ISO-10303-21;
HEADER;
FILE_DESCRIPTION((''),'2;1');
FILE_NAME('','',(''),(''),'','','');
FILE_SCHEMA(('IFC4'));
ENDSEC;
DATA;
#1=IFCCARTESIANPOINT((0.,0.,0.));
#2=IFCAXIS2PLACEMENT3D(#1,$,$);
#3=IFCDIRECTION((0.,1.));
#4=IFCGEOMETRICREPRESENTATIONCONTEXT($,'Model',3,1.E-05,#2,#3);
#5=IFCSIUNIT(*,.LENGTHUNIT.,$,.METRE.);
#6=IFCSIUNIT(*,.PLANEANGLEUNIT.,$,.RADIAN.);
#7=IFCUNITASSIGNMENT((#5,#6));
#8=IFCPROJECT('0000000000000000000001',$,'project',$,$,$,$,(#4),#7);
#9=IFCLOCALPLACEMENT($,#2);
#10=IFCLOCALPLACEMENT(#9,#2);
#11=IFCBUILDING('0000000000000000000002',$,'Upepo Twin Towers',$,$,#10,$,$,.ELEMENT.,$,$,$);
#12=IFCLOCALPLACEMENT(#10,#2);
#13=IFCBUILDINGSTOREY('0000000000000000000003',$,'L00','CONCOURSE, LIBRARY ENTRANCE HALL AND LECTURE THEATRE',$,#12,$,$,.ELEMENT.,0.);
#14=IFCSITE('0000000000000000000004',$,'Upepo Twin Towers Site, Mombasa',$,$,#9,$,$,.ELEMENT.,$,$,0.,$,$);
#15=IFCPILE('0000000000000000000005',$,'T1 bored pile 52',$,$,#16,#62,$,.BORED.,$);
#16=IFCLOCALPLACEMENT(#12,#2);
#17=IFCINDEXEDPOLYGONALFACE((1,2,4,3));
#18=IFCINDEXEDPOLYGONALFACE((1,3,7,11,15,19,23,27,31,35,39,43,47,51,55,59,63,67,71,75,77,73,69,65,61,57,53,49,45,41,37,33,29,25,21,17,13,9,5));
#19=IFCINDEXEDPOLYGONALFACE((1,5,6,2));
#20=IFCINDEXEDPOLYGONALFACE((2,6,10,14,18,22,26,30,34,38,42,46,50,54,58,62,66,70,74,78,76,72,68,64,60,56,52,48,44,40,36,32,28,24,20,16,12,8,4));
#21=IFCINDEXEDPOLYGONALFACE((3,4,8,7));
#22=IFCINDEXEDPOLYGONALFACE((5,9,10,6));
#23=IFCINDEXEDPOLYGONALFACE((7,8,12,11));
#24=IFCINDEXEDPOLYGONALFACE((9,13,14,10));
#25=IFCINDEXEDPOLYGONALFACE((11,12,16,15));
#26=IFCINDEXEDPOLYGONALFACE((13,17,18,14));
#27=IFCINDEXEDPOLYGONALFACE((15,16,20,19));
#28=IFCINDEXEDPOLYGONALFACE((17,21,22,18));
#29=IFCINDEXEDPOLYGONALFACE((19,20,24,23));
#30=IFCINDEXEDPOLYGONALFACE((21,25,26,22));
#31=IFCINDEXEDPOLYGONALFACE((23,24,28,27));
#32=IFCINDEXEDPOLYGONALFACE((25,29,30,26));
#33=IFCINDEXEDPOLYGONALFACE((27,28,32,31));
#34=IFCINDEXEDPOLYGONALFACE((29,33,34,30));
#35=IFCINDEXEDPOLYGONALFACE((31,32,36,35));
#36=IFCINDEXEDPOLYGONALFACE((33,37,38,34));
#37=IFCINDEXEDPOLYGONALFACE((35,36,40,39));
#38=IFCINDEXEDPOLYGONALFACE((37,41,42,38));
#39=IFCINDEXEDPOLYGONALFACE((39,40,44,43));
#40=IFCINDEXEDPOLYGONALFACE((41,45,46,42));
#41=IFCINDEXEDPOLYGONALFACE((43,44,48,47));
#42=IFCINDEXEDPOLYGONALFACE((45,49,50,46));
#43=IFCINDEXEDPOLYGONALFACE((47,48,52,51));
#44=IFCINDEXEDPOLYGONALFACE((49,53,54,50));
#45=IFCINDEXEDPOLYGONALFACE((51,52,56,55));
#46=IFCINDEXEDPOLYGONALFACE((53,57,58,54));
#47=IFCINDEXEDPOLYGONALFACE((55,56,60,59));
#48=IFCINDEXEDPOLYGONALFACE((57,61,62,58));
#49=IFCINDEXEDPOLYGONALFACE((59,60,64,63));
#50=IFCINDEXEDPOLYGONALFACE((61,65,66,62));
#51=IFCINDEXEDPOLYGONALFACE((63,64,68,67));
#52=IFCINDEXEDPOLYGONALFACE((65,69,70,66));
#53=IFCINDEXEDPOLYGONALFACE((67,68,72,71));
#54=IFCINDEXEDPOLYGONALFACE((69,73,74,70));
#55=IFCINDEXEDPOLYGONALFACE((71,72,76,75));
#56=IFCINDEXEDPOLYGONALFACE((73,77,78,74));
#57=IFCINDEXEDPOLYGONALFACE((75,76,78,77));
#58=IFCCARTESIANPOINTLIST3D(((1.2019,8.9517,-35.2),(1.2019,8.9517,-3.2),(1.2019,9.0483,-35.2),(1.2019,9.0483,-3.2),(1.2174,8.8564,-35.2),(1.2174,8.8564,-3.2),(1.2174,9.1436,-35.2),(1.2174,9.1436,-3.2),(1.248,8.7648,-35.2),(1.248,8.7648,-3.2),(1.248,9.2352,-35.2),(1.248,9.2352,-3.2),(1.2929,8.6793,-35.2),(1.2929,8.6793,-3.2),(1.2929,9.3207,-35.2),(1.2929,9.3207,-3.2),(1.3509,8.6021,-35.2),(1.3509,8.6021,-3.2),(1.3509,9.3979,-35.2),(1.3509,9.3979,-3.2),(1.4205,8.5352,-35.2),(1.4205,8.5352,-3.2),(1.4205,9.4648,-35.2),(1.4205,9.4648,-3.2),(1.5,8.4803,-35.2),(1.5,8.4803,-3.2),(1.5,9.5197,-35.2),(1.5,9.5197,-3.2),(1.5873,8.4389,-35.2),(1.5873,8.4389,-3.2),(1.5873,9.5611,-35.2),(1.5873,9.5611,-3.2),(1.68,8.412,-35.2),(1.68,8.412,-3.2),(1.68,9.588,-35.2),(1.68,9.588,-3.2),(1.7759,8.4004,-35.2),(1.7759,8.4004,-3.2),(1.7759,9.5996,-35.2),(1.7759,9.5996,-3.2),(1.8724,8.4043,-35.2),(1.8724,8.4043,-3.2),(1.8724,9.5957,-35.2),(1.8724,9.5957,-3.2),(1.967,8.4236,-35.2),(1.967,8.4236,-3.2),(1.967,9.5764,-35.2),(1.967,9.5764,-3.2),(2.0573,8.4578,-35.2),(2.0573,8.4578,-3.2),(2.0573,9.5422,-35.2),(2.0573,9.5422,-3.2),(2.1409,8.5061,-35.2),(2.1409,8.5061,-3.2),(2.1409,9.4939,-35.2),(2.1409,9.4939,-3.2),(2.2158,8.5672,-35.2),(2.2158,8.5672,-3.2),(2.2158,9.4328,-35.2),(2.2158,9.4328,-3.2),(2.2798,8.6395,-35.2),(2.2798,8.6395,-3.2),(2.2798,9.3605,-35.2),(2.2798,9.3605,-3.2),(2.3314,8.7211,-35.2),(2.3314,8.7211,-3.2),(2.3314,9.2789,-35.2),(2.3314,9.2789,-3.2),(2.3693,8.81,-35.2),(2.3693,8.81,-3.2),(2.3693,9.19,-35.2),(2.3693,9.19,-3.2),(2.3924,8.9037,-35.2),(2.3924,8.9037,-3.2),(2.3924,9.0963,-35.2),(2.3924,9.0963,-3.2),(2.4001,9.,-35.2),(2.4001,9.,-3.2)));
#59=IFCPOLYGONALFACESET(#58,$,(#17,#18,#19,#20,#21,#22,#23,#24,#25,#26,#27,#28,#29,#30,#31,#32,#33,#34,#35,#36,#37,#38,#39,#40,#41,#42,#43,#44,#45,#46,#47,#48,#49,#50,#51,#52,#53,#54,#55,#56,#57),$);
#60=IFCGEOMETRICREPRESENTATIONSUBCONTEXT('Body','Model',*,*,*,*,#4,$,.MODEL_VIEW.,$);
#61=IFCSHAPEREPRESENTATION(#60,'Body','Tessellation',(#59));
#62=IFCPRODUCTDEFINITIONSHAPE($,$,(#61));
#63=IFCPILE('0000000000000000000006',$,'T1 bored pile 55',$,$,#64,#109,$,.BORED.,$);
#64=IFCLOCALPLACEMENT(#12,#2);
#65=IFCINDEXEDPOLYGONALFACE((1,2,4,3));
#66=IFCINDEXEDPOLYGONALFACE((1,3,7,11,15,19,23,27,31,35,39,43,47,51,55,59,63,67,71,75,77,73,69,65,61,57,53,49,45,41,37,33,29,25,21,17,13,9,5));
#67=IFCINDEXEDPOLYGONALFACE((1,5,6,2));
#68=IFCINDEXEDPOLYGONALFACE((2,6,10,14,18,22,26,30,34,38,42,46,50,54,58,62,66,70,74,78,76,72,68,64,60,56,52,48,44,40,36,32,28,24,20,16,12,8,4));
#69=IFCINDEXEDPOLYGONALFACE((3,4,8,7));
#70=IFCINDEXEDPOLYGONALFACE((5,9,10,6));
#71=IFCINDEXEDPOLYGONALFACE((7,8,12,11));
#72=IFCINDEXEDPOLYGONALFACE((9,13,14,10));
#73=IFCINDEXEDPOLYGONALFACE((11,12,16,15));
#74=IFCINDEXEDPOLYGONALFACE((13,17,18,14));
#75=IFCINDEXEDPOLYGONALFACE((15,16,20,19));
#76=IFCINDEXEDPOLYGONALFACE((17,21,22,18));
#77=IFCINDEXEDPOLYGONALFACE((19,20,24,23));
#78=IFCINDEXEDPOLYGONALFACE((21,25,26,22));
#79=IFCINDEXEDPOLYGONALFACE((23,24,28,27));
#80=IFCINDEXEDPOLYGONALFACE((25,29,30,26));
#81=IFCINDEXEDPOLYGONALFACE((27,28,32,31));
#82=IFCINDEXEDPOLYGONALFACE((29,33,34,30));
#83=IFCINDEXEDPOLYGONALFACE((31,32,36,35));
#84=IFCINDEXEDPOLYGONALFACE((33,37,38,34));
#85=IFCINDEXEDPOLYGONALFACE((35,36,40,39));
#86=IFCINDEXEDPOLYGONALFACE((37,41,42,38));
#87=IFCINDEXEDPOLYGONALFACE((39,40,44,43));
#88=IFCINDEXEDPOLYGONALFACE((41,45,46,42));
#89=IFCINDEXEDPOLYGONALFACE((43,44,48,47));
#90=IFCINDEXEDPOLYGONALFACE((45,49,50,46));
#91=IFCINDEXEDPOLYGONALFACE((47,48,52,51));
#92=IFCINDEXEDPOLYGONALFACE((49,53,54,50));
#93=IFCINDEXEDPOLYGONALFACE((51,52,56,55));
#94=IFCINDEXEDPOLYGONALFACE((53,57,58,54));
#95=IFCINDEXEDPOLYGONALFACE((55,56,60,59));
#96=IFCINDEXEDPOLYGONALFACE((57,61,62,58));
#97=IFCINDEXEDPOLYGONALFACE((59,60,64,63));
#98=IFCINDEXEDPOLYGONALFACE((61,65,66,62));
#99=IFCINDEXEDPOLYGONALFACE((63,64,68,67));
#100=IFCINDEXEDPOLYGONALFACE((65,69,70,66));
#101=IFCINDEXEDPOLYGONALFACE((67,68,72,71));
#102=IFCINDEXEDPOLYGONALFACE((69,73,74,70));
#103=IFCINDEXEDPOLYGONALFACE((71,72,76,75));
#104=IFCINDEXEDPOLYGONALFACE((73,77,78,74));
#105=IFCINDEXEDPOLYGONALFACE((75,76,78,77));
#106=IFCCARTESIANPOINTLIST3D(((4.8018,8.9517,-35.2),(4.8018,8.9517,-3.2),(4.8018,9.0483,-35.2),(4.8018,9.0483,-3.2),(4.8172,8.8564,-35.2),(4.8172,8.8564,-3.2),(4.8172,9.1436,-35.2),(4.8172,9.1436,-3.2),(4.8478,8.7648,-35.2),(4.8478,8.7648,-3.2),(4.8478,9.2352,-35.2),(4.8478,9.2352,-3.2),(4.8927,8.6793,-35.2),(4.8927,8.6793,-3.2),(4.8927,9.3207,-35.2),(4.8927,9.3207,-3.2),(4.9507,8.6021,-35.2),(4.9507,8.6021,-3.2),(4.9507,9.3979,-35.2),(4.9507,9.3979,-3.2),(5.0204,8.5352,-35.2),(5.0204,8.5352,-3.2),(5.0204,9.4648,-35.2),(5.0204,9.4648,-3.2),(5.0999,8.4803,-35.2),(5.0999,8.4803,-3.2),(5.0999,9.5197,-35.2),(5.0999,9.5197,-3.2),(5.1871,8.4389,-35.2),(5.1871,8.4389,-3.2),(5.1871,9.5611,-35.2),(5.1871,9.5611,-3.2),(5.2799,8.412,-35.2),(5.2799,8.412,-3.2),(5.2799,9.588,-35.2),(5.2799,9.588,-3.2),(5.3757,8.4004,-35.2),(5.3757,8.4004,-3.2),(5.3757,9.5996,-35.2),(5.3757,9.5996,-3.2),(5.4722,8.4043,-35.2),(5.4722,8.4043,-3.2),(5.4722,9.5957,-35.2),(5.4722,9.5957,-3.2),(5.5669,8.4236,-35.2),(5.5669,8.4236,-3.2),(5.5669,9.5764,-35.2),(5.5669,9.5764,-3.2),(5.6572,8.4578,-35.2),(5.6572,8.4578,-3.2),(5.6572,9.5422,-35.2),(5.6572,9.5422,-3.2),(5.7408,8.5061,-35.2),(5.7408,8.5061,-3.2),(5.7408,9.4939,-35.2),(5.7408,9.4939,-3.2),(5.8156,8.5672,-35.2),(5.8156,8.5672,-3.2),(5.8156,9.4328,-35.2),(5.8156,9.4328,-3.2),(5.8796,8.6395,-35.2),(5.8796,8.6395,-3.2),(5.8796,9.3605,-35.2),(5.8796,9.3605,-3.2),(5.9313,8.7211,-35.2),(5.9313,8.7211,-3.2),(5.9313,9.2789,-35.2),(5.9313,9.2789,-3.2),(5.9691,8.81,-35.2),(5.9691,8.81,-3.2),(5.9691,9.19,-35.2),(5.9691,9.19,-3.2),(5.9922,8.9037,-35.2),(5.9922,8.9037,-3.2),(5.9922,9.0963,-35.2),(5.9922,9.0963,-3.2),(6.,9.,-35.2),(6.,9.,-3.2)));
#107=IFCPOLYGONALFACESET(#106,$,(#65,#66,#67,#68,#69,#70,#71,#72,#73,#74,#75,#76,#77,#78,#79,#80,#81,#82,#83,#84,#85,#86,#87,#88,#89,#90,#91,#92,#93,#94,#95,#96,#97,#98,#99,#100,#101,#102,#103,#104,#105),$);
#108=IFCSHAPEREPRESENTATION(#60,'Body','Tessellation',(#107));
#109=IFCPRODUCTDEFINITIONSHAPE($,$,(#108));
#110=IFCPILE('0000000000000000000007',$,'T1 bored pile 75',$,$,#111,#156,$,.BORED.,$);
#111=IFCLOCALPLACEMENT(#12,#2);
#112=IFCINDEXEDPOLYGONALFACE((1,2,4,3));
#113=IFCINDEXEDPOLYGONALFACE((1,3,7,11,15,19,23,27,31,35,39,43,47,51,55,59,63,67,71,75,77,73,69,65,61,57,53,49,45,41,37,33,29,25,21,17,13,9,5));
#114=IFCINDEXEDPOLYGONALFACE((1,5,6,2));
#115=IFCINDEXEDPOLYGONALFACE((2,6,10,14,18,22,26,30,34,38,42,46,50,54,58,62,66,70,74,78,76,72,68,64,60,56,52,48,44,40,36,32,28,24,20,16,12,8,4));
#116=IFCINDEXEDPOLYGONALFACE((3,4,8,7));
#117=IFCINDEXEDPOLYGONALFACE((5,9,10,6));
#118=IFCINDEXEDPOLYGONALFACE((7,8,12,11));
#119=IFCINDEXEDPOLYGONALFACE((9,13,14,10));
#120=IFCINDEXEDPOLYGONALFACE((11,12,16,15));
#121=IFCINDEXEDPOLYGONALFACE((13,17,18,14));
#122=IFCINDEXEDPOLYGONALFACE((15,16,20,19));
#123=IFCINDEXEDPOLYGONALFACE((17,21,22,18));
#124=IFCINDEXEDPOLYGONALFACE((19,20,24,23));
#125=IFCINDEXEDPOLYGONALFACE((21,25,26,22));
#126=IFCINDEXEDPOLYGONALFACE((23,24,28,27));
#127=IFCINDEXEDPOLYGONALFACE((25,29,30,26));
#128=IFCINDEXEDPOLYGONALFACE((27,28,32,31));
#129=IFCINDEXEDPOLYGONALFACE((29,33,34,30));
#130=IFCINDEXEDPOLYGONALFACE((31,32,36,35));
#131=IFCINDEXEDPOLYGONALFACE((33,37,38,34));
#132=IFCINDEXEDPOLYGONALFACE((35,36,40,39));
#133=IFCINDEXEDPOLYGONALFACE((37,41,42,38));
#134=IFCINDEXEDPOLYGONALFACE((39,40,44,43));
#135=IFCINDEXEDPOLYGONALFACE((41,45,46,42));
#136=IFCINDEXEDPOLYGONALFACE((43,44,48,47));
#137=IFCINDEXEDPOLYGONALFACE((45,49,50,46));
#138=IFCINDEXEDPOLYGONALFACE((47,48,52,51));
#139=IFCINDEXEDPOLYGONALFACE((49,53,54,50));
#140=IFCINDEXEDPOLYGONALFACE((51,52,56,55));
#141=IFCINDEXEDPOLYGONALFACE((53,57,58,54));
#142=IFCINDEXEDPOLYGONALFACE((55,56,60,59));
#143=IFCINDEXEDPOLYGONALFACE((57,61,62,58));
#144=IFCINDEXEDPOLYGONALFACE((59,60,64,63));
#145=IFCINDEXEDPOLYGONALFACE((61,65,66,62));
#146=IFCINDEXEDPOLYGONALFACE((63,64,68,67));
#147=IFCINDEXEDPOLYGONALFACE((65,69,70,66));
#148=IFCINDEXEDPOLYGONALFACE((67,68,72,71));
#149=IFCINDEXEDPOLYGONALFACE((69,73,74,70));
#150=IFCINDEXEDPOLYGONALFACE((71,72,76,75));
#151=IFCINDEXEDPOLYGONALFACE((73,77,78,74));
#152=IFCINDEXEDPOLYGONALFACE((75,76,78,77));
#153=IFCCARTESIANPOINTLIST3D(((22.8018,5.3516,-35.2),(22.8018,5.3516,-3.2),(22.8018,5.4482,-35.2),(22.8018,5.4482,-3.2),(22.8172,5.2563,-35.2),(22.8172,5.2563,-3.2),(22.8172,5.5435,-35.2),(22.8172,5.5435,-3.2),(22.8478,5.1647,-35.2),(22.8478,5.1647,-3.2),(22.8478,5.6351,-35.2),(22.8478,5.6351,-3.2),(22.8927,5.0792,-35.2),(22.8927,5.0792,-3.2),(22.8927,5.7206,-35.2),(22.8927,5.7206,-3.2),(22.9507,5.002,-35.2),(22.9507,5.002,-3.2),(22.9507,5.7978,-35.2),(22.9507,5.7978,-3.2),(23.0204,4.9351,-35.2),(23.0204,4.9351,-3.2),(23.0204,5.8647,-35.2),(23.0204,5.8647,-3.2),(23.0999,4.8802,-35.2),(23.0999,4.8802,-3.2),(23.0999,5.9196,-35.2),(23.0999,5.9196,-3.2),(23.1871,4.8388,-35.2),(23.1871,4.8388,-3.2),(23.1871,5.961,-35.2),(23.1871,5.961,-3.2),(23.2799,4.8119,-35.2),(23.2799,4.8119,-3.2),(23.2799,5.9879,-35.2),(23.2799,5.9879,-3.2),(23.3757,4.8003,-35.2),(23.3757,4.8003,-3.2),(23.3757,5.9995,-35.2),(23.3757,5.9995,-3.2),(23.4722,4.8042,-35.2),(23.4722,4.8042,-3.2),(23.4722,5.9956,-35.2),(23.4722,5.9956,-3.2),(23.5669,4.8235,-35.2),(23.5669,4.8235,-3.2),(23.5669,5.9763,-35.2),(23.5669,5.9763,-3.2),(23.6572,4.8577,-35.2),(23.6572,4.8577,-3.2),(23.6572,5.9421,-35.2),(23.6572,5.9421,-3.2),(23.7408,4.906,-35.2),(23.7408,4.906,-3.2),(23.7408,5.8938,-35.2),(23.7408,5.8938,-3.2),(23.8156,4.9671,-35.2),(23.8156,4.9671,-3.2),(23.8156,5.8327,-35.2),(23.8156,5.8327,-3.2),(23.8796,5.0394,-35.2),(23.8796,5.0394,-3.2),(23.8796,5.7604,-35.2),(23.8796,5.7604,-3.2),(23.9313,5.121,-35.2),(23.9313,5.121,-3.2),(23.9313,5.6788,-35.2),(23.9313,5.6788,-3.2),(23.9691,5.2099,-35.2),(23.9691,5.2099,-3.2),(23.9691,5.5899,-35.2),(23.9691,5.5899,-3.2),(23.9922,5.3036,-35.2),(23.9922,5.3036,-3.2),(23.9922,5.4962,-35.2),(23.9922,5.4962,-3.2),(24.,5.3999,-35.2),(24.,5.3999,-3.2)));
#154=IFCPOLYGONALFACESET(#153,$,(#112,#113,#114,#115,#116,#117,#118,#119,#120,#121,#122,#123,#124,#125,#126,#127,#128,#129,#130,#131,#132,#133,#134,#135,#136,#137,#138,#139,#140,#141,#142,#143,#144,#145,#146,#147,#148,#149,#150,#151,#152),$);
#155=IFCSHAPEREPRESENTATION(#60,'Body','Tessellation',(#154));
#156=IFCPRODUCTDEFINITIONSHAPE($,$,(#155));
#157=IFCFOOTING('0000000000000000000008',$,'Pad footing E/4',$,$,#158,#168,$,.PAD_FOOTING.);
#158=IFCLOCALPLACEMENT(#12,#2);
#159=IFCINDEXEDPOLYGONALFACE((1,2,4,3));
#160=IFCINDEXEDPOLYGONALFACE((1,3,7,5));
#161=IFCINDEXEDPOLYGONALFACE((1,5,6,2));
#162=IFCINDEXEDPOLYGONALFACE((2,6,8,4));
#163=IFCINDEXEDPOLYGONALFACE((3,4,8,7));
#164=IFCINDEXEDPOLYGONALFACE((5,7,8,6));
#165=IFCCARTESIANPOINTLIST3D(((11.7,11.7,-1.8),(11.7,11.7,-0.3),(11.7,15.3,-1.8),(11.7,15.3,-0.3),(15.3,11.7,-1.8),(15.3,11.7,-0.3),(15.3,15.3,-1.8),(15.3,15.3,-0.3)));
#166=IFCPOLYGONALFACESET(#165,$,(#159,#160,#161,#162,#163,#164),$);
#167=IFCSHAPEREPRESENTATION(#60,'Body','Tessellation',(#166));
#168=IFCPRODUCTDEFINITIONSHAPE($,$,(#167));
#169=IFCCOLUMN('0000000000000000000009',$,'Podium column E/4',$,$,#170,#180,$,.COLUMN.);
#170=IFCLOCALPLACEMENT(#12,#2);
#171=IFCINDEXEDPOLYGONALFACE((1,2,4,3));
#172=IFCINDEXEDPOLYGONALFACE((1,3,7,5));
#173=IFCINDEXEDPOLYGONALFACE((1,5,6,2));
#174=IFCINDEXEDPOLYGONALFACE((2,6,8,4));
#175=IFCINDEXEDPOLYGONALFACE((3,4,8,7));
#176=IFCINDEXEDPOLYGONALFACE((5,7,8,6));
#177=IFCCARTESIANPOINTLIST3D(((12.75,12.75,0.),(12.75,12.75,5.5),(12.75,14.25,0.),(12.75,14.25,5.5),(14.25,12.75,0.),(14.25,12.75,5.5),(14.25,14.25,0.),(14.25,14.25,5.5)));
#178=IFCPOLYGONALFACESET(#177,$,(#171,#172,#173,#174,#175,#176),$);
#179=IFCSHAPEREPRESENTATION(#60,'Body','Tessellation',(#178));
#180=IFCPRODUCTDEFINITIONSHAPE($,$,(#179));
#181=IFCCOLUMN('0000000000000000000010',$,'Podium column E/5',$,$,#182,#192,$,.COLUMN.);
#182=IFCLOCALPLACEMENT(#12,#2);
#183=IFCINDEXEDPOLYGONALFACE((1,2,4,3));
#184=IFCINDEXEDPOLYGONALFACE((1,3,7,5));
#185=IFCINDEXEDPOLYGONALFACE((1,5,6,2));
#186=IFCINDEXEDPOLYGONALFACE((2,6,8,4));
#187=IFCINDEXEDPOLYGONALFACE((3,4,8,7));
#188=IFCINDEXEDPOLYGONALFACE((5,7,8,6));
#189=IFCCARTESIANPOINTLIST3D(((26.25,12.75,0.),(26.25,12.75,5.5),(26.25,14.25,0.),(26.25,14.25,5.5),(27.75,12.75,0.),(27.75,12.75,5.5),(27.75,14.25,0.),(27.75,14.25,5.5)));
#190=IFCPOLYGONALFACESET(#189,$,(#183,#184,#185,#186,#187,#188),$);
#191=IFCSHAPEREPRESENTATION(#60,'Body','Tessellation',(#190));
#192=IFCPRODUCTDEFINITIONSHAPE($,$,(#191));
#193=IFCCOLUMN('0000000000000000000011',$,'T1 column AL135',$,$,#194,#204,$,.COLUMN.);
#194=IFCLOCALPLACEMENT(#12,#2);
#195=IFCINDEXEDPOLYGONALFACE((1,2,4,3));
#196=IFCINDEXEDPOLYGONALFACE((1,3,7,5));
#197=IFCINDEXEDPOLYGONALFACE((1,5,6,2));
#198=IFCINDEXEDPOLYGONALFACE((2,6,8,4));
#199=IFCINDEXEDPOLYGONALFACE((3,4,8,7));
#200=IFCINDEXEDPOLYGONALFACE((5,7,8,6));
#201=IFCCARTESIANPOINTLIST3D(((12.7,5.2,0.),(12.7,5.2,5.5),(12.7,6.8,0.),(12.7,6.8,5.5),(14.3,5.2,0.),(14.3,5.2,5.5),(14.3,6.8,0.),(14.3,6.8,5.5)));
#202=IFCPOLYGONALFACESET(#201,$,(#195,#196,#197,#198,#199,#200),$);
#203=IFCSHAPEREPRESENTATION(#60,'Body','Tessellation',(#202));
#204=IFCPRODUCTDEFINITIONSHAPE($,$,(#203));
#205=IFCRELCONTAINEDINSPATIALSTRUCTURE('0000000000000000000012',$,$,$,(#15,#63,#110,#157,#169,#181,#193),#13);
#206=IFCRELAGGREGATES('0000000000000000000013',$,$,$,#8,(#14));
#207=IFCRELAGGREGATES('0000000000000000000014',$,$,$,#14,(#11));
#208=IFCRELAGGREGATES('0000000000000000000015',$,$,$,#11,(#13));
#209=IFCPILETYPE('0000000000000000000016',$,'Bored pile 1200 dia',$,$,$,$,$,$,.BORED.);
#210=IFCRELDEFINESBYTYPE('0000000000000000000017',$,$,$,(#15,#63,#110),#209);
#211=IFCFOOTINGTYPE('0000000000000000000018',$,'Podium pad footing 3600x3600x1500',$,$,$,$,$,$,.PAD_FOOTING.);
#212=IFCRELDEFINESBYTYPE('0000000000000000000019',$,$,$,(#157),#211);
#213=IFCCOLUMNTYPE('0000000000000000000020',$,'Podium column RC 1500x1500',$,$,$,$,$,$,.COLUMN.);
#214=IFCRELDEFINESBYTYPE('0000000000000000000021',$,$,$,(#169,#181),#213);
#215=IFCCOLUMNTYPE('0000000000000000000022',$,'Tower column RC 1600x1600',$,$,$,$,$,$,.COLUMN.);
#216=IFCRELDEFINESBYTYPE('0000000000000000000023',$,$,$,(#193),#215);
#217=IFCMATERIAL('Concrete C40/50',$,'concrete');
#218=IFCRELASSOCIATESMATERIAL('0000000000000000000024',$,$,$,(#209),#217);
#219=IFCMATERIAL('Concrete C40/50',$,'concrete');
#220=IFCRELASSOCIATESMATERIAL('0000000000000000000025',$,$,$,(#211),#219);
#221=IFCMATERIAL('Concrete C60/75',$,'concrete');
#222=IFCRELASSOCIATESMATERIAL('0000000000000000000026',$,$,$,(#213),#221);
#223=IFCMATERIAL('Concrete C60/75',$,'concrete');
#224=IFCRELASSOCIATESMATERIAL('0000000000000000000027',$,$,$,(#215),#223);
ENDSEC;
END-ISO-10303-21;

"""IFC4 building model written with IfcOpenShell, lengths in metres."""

from ifc_helpers import new_model, si_unit, direction, frame, origin, origin_2d, place, context, subcontext, project, spatial, rectangle, circle, extrude, material, material_profile, profile_set, type_object, element, save


model = new_model("IFC4")

# Units and contexts
model_context = context("Model", 3, precision=1e-05, world=origin(), true_north=direction((0.0, 1.0)))
body_context = subcontext(model_context, "Body", "Model", "MODEL_VIEW")
ifc_project = project(units=[si_unit("LENGTHUNIT", "METRE"), si_unit("PLANEANGLEUNIT", "RADIAN")], contexts=[model_context])

# Site, building, storey
site_placement = place(None, origin())
site = spatial("IfcSite", under=ifc_project, at=site_placement, Name="Upepo Twin Towers Site, Mombasa", CompositionType="ELEMENT", RefElevation=0.0)
building_placement = place(site_placement, origin())
building = spatial("IfcBuilding", under=site, at=building_placement, Name="Upepo Twin Towers", CompositionType="ELEMENT")
storey_placement = place(building_placement, origin())
storey = spatial("IfcBuildingStorey", under=building, at=storey_placement, Name="L00", Description="CONCOURSE, LIBRARY ENTRANCE HALL AND LECTURE THEATRE", CompositionType="ELEMENT", Elevation=0.0)

# Piles
ifc_material_1 = material(Name="Concrete C40/50", Category="concrete")
pile_type = type_object("IfcPileType", Name="Bored pile 1200 dia", PredefinedType="BORED", material=ifc_material_1)
for number, where, z_axis, x_axis, name in (
    (1, (1.8, 9.0, -3.2), (0.0, 0.0, -1.0), (1.0, 0.0, 0.0), "T1 bored pile 52"),
    (2, (5.3999, 9.0, -3.2), (0.0, 0.0, -1.0), (1.0, 0.0, 0.0), "T1 bored pile 55"),
    (3, (23.3999, 5.3999, -3.2), (0.0, 0.0, -1.0), (1.0, 0.0, 0.0), "T1 bored pile 75"),
):
    element("IfcPile", number, at=place(storey_placement, frame(where, z_axis=z_axis, x_axis=x_axis)), inside=storey, type_object=pile_type, Name=name, PredefinedType="BORED", context=body_context, shape_type="SweptSolid", body=[
        extrude(circle(Radius=0.6001, at=origin_2d()), origin(), (0.0, 0.0, 1.0), 32.0),
    ])

# Footing
ifc_material_2 = material(Name="Concrete C40/50", Category="concrete")
footing_type = type_object("IfcFootingType", Name="Podium pad footing 3600x3600x1500", PredefinedType="PAD_FOOTING", material=ifc_material_2)
footing_placement = place(storey_placement, frame((13.5, 13.5, -1.8), z_axis=(0.0, 0.0, 1.0), x_axis=(1.0, 0.0, 0.0)))
element("IfcFooting", 4, at=footing_placement, inside=storey, type_object=footing_type, Name="Pad footing E/4", PredefinedType="PAD_FOOTING", context=body_context, shape_type="SweptSolid", body=[
    extrude(rectangle(XDim=3.6001, YDim=3.6001, at=origin_2d()), origin(), (0.0, 0.0, 1.0), 1.5),
])

# Columns
ifc_material_3 = material(Name="Concrete C60/75", Category="concrete")
ifc_material_profile_1 = material_profile(ifc_material_3, rectangle(XDim=1.5, YDim=1.5, at=origin_2d()), Name="RC 1500x1500")
ifc_profile_set_1 = profile_set([ifc_material_profile_1], Name="Concrete C60/75")
column_type_1 = type_object("IfcColumnType", Name="Podium column RC 1500x1500", PredefinedType="COLUMN", material=ifc_profile_set_1)
for number, where, z_axis, x_axis, name in (
    (5, (13.5, 13.5, 0.0), (0.0, 0.0, 1.0), (1.0, 0.0, 0.0), "Podium column E/4"),
    (6, (27.0, 13.5, 0.0), (0.0, 0.0, 1.0), (1.0, 0.0, 0.0), "Podium column E/5"),
):
    element("IfcColumn", number, at=place(storey_placement, frame(where, z_axis=z_axis, x_axis=x_axis)), inside=storey, type_object=column_type_1, Name=name, PredefinedType="COLUMN", context=body_context, shape_type="SweptSolid", body=[
        extrude(rectangle(XDim=1.5, YDim=1.5, at=origin_2d()), origin(), (0.0, 0.0, 1.0), 5.5),
    ])
ifc_material_4 = material(Name="Concrete C60/75", Category="concrete")
ifc_material_profile_2 = material_profile(ifc_material_4, rectangle(XDim=1.6001, YDim=1.6001, at=origin_2d()), Name="RC 1600x1600")
ifc_profile_set_2 = profile_set([ifc_material_profile_2], Name="Concrete C60/75")
column_type_2 = type_object("IfcColumnType", Name="Tower column RC 1600x1600", PredefinedType="COLUMN", material=ifc_profile_set_2)
for number, where, z_axis, x_axis, name in (
    (7, (13.5, 6.0, 0.0), (0.0, 0.0, 1.0), (1.0, 0.0, 0.0), "T1 column AL135"),
):
    element("IfcColumn", number, at=place(storey_placement, frame(where, z_axis=z_axis, x_axis=x_axis)), inside=storey, type_object=column_type_2, Name=name, PredefinedType="COLUMN", context=body_context, shape_type="SweptSolid", body=[
        extrude(rectangle(XDim=1.6001, YDim=1.6001, at=origin_2d()), origin(), (0.0, 0.0, 1.0), 5.5),
    ])

save(model, "model.ifc")
